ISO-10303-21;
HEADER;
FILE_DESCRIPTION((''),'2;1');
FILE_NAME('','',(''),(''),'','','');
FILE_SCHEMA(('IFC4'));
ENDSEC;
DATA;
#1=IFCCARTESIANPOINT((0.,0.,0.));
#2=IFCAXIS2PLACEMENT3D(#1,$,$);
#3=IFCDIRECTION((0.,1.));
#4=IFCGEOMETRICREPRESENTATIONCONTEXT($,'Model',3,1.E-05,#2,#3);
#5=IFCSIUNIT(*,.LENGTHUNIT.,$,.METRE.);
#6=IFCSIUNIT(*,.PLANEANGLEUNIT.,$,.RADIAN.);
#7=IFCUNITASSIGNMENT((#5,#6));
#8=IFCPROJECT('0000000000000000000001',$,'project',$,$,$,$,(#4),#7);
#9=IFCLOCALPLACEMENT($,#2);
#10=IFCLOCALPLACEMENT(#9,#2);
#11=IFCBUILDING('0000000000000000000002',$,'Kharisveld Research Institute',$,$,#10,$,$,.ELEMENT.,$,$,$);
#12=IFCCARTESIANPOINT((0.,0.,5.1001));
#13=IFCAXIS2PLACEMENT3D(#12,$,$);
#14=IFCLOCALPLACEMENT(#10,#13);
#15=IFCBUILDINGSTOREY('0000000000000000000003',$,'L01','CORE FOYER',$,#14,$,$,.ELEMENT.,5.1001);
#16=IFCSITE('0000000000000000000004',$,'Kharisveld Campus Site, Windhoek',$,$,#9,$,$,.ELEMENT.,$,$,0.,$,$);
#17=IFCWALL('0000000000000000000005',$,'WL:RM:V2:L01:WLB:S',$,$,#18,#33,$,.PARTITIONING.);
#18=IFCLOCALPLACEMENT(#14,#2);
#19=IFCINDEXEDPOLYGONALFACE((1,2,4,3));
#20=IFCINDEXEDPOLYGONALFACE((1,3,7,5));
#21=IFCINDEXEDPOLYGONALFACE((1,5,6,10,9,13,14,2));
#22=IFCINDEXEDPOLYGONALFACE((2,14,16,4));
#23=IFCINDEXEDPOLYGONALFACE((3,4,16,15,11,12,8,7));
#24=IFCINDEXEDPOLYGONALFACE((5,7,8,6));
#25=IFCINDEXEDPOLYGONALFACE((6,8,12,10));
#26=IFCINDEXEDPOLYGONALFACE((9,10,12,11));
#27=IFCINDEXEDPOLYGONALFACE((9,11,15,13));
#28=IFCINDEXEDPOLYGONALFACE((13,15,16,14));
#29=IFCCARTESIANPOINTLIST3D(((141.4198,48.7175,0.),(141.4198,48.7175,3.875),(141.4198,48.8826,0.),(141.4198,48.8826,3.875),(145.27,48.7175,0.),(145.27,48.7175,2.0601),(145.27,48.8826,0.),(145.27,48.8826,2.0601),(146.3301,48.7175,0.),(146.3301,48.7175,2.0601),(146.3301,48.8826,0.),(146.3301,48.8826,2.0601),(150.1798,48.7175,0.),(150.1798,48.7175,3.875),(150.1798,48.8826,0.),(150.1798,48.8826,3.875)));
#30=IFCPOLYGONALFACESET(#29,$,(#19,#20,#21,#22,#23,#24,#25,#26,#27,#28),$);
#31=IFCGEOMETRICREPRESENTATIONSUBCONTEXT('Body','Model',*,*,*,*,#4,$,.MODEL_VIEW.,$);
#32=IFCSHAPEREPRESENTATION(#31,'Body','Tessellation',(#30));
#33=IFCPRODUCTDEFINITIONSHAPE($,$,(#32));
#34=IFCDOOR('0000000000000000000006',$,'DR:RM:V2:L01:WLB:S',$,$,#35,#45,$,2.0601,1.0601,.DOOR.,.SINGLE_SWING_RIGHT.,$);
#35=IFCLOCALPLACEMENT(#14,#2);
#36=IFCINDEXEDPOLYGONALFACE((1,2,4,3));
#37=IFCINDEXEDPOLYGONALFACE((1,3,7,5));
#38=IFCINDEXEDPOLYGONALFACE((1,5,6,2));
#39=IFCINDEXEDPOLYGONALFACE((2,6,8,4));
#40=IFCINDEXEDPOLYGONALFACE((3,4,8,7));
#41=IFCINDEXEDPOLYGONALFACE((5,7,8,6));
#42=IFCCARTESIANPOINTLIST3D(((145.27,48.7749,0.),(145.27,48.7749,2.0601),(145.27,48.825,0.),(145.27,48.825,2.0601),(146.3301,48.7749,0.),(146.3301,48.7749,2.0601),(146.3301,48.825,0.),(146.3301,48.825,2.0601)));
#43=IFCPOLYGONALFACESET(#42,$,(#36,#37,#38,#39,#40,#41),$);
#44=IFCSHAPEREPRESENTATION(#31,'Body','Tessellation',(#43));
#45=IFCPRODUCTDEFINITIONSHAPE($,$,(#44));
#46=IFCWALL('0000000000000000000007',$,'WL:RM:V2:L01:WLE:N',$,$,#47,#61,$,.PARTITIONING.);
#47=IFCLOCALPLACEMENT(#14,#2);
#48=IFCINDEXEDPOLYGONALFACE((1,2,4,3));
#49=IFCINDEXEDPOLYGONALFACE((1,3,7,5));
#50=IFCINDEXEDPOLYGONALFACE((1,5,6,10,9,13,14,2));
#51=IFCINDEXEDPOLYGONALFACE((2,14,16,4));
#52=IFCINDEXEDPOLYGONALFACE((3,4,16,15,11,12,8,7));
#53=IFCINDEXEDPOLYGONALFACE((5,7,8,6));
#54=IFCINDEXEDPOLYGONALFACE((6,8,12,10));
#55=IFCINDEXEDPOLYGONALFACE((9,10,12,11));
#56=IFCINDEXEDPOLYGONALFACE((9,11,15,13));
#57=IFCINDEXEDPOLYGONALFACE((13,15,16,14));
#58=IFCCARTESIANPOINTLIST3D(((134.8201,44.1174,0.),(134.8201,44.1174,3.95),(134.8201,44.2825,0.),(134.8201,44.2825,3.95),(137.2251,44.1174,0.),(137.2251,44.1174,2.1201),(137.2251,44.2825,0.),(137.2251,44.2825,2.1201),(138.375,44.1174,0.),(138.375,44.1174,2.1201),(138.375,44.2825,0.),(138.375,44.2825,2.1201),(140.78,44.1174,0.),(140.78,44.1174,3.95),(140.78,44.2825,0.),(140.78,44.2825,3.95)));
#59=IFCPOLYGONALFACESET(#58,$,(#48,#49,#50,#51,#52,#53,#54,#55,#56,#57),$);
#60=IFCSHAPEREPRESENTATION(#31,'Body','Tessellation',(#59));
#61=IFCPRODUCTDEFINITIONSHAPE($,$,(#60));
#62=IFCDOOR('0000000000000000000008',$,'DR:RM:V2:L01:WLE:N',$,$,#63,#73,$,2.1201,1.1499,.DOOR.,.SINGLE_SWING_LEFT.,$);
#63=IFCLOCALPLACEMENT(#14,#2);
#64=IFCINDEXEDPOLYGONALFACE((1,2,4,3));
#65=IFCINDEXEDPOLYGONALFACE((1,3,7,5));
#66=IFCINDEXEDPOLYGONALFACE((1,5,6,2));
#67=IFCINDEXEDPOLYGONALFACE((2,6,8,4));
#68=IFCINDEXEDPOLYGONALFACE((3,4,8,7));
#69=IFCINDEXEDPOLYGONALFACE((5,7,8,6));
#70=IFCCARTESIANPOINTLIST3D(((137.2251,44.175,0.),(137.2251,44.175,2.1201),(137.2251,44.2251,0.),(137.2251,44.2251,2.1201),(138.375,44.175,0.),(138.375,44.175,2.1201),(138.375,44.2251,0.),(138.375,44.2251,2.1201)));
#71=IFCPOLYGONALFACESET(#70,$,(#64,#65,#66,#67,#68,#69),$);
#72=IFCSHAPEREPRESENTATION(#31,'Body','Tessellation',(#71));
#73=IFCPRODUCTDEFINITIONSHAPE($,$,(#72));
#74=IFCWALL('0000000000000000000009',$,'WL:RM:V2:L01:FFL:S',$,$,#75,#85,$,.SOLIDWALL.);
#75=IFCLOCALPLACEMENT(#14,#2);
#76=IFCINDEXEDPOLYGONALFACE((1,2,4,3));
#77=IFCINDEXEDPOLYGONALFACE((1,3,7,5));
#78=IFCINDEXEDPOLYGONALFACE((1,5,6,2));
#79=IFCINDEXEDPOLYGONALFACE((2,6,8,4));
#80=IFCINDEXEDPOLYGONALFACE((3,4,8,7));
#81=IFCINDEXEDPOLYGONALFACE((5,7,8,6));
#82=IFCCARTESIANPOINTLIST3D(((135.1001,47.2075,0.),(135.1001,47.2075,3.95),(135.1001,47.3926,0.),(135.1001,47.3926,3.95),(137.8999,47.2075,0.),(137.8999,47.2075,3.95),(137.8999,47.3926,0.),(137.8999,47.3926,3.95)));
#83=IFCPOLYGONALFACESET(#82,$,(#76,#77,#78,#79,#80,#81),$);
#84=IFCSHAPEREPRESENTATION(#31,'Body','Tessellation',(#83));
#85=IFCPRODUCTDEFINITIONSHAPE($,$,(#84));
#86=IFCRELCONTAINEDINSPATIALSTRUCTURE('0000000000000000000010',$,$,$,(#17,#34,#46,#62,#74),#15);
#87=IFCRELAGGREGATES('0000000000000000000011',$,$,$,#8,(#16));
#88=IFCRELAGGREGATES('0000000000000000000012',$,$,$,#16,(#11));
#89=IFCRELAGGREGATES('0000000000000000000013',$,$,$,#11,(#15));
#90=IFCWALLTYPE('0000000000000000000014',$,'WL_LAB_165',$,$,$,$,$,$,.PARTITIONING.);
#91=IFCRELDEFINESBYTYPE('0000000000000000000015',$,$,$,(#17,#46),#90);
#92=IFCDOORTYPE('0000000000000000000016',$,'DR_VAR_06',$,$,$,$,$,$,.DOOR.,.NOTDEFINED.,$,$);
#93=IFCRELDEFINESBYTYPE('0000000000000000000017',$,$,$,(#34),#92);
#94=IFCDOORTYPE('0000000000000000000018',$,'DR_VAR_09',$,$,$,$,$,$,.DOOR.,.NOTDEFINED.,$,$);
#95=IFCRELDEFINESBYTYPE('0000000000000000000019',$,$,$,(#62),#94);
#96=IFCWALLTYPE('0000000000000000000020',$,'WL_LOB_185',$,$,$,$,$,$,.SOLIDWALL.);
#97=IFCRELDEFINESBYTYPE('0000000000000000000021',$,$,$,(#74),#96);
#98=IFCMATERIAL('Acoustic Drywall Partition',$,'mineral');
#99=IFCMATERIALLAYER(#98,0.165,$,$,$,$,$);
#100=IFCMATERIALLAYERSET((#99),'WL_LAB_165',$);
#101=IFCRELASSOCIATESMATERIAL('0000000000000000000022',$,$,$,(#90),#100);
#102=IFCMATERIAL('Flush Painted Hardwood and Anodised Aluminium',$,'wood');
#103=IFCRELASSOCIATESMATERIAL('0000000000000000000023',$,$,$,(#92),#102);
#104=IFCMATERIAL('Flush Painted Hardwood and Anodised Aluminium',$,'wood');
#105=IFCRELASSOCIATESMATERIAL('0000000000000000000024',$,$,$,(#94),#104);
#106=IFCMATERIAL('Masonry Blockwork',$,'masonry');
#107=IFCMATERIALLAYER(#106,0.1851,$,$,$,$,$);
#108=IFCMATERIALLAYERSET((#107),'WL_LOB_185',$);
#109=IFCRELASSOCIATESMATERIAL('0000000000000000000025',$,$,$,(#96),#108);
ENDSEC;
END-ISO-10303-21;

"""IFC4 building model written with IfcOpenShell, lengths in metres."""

from ifc_helpers import new_model, si_unit, direction, frame, frame_2d, origin, place, context, subcontext, project, spatial, rectangle, extrude, material, layer, layer_set, type_object, element, fill, save


model = new_model("IFC4")

# Units and contexts
model_context = context("Model", 3, precision=1e-05, world=origin(), true_north=direction((0.0, 1.0)))
body_context = subcontext(model_context, "Body", "Model", "MODEL_VIEW")
ifc_project = project(units=[si_unit("LENGTHUNIT", "METRE"), si_unit("PLANEANGLEUNIT", "RADIAN")], contexts=[model_context])

# Site, building, storey
site_placement = place(None, origin())
site = spatial("IfcSite", under=ifc_project, at=site_placement, Name="Kharisveld Campus Site, Windhoek", CompositionType="ELEMENT", RefElevation=0.0)
building_placement = place(site_placement, origin())
building = spatial("IfcBuilding", under=site, at=building_placement, Name="Kharisveld Research Institute", CompositionType="ELEMENT")
storey_placement = place(building_placement, frame((0.0, 0.0, 5.1001)))
storey = spatial("IfcBuildingStorey", under=building, at=storey_placement, Name="L01", Description="CORE FOYER", CompositionType="ELEMENT", Elevation=5.1001)

# Shared definitions
ifc_material_1 = material(Name="Acoustic Drywall Partition", Category="mineral")
ifc_layer_1 = layer(ifc_material_1, 0.165)
ifc_layer_set_1 = layer_set([ifc_layer_1], Name="WL_LAB_165")
wall_type_1 = type_object("IfcWallType", Name="WL_LAB_165", PredefinedType="PARTITIONING", material=ifc_layer_set_1)

# Walls, openings, doors
wall_1_placement = place(storey_placement, frame((141.4199, 48.8, 0.0), z_axis=(0.0, 0.0, 1.0), x_axis=(1.0, 0.0, 0.0)))
wall_1 = element("IfcWall", 1, at=wall_1_placement, inside=storey, type_object=wall_type_1, Name="WL:RM:V2:L01:WLB:S", PredefinedType="PARTITIONING", context=body_context, shape_type="SweptSolid", body=[
    extrude(rectangle(XDim=8.76, YDim=0.165, at=frame_2d((4.3799, 0.0))), origin(), (0.0, 0.0, 1.0), 3.875),
])
opening_1_placement = place(wall_1_placement, frame((3.8501, 0.0, 0.0)))
opening_1 = element("IfcOpeningElement", 2, at=opening_1_placement, cuts=wall_1, PredefinedType="OPENING", context=body_context, shape_type="SweptSolid", body=[
    extrude(rectangle(XDim=1.0601, YDim=2.0601, at=frame_2d((0.53, 1.03))), frame((0.0, 0.0825, 0.0), z_axis=(0.0, -1.0, 0.0), x_axis=(1.0, 0.0, 0.0)), (0.0, 0.0, 1.0), 0.165),
])
ifc_material_2 = material(Name="Flush Painted Hardwood and Anodised Aluminium", Category="wood")
door_type_1 = type_object("IfcDoorType", Name="DR_VAR_06", OperationType="NOTDEFINED", PredefinedType="DOOR", material=ifc_material_2)
door_1_placement = place(opening_1_placement, origin())
door_1 = element("IfcDoor", 3, at=door_1_placement, inside=storey, type_object=door_type_1, Name="DR:RM:V2:L01:WLB:S", OperationType="SINGLE_SWING_RIGHT", OverallHeight=2.0601, OverallWidth=1.0601, PredefinedType="DOOR", context=body_context, shape_type="SweptSolid", body=[
    extrude(rectangle(XDim=1.0601, YDim=2.0601, at=frame_2d((0.53, 1.03))), frame((0.0, 0.0249, 0.0), z_axis=(0.0, -1.0, 0.0), x_axis=(1.0, 0.0, 0.0)), (0.0, 0.0, 1.0), 0.05),
])
fill(opening_1, door_1)
wall_2_placement = place(storey_placement, frame((140.78, 44.2, 0.0), z_axis=(0.0, 0.0, 1.0), x_axis=(-1.0, 0.0, 0.0)))
wall_2 = element("IfcWall", 4, at=wall_2_placement, inside=storey, type_object=wall_type_1, Name="WL:RM:V2:L01:WLE:N", PredefinedType="PARTITIONING", context=body_context, shape_type="SweptSolid", body=[
    extrude(rectangle(XDim=5.96, YDim=0.165, at=frame_2d((2.98, 0.0))), origin(), (0.0, 0.0, 1.0), 3.95),
])
opening_2_placement = place(wall_2_placement, frame((2.405, 0.0, 0.0)))
opening_2 = element("IfcOpeningElement", 5, at=opening_2_placement, cuts=wall_2, PredefinedType="OPENING", context=body_context, shape_type="SweptSolid", body=[
    extrude(rectangle(XDim=1.1499, YDim=2.1201, at=frame_2d((0.575, 1.0601))), frame((0.0, 0.0825, 0.0), z_axis=(0.0, -1.0, 0.0), x_axis=(1.0, 0.0, 0.0)), (0.0, 0.0, 1.0), 0.165),
])
ifc_material_3 = material(Name="Flush Painted Hardwood and Anodised Aluminium", Category="wood")
door_type_2 = type_object("IfcDoorType", Name="DR_VAR_09", OperationType="NOTDEFINED", PredefinedType="DOOR", material=ifc_material_3)
door_2_placement = place(opening_2_placement, origin())
door_2 = element("IfcDoor", 6, at=door_2_placement, inside=storey, type_object=door_type_2, Name="DR:RM:V2:L01:WLE:N", OperationType="SINGLE_SWING_LEFT", OverallHeight=2.1201, OverallWidth=1.1499, PredefinedType="DOOR", context=body_context, shape_type="SweptSolid", body=[
    extrude(rectangle(XDim=1.1499, YDim=2.1201, at=frame_2d((0.575, 1.0601))), frame((0.0, 0.0249, 0.0), z_axis=(0.0, -1.0, 0.0), x_axis=(1.0, 0.0, 0.0)), (0.0, 0.0, 1.0), 0.05),
])
fill(opening_2, door_2)

# Wall
ifc_material_4 = material(Name="Masonry Blockwork", Category="masonry")
ifc_layer_2 = layer(ifc_material_4, 0.1851)
ifc_layer_set_2 = layer_set([ifc_layer_2], Name="WL_LOB_185")
wall_type_2 = type_object("IfcWallType", Name="WL_LOB_185", PredefinedType="SOLIDWALL", material=ifc_layer_set_2)
wall_3_placement = place(storey_placement, frame((135.1001, 47.3, 0.0), z_axis=(0.0, 0.0, 1.0), x_axis=(1.0, 0.0, 0.0)))
element("IfcWall", 7, at=wall_3_placement, inside=storey, type_object=wall_type_2, Name="WL:RM:V2:L01:FFL:S", PredefinedType="SOLIDWALL", context=body_context, shape_type="SweptSolid", body=[
    extrude(rectangle(XDim=2.7998, YDim=0.1851, at=frame_2d((1.3999, 0.0))), origin(), (0.0, 0.0, 1.0), 3.95),
])

save(model, "model.ifc")
